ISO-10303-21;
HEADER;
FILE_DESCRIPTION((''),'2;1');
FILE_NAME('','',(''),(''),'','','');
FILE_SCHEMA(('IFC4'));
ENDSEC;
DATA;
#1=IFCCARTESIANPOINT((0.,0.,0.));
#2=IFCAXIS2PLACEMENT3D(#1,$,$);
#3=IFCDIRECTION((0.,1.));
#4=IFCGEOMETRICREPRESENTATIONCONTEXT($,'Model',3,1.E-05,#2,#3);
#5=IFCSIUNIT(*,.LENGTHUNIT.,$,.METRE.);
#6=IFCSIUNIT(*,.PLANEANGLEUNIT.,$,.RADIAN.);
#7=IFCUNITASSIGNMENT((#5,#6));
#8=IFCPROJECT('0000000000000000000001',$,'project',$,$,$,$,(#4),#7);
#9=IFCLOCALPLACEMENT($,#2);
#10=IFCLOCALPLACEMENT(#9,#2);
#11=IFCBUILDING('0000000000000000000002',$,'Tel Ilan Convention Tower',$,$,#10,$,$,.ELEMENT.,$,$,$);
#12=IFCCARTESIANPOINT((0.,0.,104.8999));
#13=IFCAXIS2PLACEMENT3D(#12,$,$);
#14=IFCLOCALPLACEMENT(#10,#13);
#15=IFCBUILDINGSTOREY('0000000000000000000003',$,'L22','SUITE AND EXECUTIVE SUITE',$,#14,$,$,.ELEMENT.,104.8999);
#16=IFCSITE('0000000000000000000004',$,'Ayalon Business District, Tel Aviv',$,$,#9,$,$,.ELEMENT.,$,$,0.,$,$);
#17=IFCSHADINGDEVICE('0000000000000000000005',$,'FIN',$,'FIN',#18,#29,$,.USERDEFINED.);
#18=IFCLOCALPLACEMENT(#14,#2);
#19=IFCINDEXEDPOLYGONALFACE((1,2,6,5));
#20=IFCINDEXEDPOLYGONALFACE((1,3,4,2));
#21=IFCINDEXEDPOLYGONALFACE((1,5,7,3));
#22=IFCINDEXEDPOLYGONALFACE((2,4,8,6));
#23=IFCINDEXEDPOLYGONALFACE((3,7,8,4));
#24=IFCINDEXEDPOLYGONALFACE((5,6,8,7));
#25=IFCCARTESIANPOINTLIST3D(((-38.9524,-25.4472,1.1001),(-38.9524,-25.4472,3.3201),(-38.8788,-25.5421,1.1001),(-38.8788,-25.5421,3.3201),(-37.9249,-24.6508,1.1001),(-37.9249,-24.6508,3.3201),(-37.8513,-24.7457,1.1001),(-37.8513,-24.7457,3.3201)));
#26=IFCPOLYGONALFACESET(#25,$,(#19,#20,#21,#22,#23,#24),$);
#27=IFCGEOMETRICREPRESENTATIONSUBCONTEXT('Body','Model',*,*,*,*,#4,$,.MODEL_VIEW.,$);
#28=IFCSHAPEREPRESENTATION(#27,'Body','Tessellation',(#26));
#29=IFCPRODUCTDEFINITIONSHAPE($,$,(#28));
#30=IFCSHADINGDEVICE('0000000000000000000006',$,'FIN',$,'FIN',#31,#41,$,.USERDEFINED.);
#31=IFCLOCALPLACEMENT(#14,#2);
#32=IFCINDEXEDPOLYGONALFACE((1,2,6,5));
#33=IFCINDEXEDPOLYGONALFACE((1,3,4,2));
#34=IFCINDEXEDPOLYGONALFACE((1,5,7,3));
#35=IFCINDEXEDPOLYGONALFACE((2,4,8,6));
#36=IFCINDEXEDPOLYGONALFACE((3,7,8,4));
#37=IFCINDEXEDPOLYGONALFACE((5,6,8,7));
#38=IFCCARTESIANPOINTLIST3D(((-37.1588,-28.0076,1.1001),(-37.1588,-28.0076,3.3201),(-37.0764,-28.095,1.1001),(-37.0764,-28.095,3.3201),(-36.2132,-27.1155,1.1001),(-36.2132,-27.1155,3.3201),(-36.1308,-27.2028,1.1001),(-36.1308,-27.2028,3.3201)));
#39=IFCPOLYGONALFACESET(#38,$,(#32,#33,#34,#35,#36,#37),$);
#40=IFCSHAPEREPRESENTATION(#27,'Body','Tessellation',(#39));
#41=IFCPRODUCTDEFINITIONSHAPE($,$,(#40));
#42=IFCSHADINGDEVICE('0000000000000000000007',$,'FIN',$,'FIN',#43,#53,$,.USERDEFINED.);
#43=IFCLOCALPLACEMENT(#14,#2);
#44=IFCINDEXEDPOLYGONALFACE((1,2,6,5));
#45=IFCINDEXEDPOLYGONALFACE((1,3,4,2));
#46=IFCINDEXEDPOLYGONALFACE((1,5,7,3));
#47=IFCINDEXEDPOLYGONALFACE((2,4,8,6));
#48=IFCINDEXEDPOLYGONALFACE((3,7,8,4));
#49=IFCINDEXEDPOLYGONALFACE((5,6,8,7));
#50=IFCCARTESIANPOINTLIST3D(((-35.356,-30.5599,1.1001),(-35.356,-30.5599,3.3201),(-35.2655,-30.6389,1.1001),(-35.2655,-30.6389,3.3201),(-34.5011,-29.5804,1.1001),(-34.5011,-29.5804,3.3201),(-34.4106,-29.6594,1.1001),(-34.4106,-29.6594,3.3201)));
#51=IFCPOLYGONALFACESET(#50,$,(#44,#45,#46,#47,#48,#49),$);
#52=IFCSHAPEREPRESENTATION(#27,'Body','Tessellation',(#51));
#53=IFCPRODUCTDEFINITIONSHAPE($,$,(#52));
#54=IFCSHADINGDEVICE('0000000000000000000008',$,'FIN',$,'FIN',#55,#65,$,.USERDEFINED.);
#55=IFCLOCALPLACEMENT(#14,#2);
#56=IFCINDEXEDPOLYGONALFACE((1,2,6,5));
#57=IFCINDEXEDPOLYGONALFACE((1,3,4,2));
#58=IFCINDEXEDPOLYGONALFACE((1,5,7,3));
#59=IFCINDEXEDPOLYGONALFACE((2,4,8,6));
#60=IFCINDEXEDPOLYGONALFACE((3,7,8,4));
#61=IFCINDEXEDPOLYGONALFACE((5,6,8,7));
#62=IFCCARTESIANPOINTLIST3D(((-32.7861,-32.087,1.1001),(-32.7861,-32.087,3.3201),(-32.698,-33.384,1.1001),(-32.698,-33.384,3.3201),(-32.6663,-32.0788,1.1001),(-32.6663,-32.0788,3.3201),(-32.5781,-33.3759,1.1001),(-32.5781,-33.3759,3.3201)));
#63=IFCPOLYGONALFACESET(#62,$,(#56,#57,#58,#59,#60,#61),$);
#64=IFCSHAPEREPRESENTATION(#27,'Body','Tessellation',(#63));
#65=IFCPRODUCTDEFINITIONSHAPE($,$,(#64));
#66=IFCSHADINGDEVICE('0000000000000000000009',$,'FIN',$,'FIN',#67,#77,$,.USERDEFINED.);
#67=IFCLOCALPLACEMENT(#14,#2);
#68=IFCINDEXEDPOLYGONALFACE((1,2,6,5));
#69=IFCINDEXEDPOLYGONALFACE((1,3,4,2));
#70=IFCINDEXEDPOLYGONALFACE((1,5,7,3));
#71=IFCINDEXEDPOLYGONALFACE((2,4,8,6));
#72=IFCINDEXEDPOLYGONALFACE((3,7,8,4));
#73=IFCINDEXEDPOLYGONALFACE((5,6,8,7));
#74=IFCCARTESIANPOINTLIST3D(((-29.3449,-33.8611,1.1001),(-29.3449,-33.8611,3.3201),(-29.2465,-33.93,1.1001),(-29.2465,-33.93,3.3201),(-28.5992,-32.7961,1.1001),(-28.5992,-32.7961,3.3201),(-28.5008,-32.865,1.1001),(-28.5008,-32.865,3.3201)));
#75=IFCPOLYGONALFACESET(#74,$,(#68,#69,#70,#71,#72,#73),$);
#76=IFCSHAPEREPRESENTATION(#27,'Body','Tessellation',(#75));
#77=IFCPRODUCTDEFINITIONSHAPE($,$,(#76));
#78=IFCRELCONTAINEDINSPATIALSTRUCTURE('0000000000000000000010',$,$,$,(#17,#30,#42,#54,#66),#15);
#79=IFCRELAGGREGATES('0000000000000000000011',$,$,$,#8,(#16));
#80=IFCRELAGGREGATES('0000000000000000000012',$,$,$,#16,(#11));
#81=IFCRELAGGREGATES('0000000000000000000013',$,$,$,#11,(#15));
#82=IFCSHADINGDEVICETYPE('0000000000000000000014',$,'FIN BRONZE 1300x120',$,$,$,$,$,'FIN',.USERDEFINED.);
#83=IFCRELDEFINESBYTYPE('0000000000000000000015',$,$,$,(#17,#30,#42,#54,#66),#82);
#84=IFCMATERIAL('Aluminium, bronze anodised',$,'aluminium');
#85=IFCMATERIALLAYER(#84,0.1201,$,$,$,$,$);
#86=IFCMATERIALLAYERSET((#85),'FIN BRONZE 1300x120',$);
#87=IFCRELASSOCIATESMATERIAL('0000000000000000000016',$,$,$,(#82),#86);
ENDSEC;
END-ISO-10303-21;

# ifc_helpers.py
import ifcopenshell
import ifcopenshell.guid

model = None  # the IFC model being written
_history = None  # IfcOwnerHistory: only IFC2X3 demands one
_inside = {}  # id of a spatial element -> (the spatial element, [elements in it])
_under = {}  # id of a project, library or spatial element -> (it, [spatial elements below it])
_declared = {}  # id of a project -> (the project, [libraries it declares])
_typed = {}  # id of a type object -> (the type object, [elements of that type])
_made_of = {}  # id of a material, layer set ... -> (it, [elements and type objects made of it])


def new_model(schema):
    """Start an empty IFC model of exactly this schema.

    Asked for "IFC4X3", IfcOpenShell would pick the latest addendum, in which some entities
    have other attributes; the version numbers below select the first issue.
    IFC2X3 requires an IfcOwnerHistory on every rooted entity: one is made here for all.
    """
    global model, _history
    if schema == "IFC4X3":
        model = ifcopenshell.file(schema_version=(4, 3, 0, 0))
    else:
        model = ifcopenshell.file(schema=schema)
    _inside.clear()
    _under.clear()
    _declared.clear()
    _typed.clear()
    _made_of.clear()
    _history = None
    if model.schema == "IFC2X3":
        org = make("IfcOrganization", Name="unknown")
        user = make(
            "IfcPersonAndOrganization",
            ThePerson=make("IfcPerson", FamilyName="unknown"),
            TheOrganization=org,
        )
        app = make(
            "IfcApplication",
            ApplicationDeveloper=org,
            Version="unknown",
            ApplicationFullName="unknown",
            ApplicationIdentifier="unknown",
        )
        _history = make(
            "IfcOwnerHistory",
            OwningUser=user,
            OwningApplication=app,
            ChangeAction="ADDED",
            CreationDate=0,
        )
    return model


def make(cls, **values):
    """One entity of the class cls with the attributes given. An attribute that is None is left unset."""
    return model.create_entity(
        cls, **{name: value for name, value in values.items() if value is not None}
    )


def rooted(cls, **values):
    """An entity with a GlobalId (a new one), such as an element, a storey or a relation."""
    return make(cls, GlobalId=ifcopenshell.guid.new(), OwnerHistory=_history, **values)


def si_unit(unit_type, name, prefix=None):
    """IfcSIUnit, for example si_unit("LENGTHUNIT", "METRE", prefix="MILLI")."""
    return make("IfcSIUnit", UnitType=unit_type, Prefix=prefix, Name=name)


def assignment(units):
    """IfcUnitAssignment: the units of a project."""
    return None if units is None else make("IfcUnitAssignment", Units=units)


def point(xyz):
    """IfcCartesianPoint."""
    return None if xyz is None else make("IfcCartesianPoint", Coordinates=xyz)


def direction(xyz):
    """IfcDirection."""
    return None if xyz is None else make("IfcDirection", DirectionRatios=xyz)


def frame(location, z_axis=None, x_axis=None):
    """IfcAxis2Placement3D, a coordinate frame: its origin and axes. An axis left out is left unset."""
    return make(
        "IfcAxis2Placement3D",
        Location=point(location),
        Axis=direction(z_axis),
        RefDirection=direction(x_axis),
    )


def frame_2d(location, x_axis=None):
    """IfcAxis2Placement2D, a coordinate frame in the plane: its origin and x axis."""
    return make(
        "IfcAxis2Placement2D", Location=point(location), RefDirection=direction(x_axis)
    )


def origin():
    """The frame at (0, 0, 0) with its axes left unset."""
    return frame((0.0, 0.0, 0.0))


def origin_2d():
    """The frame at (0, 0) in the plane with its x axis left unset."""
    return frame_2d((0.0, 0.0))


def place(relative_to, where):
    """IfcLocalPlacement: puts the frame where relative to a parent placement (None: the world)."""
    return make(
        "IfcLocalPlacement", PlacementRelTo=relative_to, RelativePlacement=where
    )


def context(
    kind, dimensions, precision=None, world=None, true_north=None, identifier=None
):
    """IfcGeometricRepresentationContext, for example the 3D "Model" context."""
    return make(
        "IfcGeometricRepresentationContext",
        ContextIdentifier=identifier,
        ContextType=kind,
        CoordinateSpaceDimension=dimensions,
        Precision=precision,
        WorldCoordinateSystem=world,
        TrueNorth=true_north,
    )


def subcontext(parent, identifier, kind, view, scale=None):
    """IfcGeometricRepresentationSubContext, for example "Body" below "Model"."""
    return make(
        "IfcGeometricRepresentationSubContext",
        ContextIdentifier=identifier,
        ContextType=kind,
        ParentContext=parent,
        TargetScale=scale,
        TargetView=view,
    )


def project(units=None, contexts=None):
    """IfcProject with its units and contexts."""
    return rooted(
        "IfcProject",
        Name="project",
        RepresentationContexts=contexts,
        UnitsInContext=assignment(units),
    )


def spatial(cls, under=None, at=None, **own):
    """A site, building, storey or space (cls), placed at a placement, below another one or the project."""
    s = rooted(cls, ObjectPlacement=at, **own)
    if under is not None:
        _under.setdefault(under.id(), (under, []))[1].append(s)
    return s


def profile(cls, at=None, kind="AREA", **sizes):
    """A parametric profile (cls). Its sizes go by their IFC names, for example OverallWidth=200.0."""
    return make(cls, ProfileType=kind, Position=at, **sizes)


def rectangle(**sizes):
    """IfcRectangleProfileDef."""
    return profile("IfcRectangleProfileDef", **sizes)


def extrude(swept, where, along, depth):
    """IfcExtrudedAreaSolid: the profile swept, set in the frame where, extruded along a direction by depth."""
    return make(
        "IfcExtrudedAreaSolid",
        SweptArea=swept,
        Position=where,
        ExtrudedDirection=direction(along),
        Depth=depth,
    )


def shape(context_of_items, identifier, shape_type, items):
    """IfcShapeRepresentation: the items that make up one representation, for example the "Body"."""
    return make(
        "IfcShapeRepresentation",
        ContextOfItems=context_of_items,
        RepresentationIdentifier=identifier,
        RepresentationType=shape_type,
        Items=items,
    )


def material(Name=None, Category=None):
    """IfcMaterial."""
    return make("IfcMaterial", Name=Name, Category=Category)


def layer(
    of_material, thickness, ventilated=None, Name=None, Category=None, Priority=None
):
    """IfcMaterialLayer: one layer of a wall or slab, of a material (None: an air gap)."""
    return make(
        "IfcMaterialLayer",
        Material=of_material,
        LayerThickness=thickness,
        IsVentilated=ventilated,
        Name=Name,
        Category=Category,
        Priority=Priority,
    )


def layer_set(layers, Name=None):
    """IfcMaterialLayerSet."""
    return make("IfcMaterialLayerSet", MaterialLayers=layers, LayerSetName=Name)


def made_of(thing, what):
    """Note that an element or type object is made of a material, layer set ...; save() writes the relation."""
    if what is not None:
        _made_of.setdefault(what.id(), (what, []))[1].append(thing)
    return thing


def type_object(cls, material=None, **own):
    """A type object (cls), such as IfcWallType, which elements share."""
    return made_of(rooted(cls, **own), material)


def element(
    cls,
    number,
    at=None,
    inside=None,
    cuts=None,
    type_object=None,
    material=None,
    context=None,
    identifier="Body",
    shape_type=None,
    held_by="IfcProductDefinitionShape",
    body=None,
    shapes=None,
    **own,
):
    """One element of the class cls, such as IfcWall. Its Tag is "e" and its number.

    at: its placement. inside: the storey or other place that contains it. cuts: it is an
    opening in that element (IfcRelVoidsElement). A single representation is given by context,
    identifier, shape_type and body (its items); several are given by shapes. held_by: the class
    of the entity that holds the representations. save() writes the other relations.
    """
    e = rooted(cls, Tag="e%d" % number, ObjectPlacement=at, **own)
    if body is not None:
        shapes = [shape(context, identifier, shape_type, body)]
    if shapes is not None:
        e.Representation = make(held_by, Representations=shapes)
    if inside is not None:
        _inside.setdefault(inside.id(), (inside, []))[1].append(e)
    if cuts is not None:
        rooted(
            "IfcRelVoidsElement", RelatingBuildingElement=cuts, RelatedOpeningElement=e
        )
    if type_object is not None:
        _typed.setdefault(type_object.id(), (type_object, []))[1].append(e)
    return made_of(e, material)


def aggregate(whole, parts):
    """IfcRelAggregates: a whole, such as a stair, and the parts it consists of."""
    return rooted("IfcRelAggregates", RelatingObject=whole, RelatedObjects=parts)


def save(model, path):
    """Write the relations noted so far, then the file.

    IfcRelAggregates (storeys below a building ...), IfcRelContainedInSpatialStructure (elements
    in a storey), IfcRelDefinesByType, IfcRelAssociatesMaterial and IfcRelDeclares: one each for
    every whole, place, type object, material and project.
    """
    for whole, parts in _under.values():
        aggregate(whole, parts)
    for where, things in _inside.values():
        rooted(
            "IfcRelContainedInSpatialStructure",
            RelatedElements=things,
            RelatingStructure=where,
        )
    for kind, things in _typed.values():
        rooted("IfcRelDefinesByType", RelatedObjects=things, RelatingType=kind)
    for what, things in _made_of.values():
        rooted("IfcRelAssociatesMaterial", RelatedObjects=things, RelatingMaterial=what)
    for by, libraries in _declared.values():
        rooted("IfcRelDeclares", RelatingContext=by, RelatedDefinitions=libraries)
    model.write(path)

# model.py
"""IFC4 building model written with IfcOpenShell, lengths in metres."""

from ifc_helpers import new_model, si_unit, direction, frame, origin, origin_2d, place, context, subcontext, project, spatial, rectangle, extrude, material, layer, layer_set, type_object, element, save


model = new_model("IFC4")

# Units and contexts
model_context = context("Model", 3, precision=1e-05, world=origin(), true_north=direction((0.0, 1.0)))
body_context = subcontext(model_context, "Body", "Model", "MODEL_VIEW")
ifc_project = project(units=[si_unit("LENGTHUNIT", "METRE"), si_unit("PLANEANGLEUNIT", "RADIAN")], contexts=[model_context])

# Site, building, storey
site_placement = place(None, origin())
site = spatial("IfcSite", under=ifc_project, at=site_placement, Name="Ayalon Business District, Tel Aviv", CompositionType="ELEMENT", RefElevation=0.0)
building_placement = place(site_placement, origin())
building = spatial("IfcBuilding", under=site, at=building_placement, Name="Tel Ilan Convention Tower", CompositionType="ELEMENT")
storey_placement = place(building_placement, frame((0.0, 0.0, 104.8999)))
storey = spatial("IfcBuildingStorey", under=building, at=storey_placement, Name="L22", Description="SUITE AND EXECUTIVE SUITE", CompositionType="ELEMENT", Elevation=104.8999)

# Shading devices
ifc_material_1 = material(Name="Aluminium, bronze anodised", Category="aluminium")
ifc_layer_1 = layer(ifc_material_1, 0.1201)
ifc_layer_set_1 = layer_set([ifc_layer_1], Name="FIN BRONZE 1300x120")
shading_device_type = type_object("IfcShadingDeviceType", Name="FIN BRONZE 1300x120", ElementType="FIN", PredefinedType="USERDEFINED", material=ifc_layer_set_1)
for number, where, z_axis, x_axis, name in (
    (1, (-38.4019, -25.0964, 1.1001), (0.0, 0.0, 1.0), (-0.790393, -0.612601, 0.0), "FIN"),
    (2, (-36.6448, -27.6052, 1.1001), (0.0, 0.0, 1.0), (-0.727374, -0.686242, 0.0), "FIN"),
    (3, (-34.8833, -30.1096, 1.1001), (0.0, 0.0, 1.0), (-0.657521, -0.753436, 0.0), "FIN"),
    (4, (-32.6821, -32.7314, 1.1001), (0.0, 0.0, 1.0), (0.067822, -0.997697, 0.0), "FIN"),
    (5, (-28.9229, -33.363, 1.1001), (0.0, 0.0, 1.0), (-0.573576, -0.819152, 0.0), "FIN"),
):
    element("IfcShadingDevice", number, at=place(storey_placement, frame(where, z_axis=z_axis, x_axis=x_axis)), inside=storey, type_object=shading_device_type, Name=name, ObjectType="FIN", PredefinedType="USERDEFINED", context=body_context, shape_type="SweptSolid", body=[
        extrude(rectangle(XDim=1.3, YDim=0.1201, at=origin_2d()), origin(), (0.0, 0.0, 1.0), 2.22),
    ])

save(model, "model.ifc")
